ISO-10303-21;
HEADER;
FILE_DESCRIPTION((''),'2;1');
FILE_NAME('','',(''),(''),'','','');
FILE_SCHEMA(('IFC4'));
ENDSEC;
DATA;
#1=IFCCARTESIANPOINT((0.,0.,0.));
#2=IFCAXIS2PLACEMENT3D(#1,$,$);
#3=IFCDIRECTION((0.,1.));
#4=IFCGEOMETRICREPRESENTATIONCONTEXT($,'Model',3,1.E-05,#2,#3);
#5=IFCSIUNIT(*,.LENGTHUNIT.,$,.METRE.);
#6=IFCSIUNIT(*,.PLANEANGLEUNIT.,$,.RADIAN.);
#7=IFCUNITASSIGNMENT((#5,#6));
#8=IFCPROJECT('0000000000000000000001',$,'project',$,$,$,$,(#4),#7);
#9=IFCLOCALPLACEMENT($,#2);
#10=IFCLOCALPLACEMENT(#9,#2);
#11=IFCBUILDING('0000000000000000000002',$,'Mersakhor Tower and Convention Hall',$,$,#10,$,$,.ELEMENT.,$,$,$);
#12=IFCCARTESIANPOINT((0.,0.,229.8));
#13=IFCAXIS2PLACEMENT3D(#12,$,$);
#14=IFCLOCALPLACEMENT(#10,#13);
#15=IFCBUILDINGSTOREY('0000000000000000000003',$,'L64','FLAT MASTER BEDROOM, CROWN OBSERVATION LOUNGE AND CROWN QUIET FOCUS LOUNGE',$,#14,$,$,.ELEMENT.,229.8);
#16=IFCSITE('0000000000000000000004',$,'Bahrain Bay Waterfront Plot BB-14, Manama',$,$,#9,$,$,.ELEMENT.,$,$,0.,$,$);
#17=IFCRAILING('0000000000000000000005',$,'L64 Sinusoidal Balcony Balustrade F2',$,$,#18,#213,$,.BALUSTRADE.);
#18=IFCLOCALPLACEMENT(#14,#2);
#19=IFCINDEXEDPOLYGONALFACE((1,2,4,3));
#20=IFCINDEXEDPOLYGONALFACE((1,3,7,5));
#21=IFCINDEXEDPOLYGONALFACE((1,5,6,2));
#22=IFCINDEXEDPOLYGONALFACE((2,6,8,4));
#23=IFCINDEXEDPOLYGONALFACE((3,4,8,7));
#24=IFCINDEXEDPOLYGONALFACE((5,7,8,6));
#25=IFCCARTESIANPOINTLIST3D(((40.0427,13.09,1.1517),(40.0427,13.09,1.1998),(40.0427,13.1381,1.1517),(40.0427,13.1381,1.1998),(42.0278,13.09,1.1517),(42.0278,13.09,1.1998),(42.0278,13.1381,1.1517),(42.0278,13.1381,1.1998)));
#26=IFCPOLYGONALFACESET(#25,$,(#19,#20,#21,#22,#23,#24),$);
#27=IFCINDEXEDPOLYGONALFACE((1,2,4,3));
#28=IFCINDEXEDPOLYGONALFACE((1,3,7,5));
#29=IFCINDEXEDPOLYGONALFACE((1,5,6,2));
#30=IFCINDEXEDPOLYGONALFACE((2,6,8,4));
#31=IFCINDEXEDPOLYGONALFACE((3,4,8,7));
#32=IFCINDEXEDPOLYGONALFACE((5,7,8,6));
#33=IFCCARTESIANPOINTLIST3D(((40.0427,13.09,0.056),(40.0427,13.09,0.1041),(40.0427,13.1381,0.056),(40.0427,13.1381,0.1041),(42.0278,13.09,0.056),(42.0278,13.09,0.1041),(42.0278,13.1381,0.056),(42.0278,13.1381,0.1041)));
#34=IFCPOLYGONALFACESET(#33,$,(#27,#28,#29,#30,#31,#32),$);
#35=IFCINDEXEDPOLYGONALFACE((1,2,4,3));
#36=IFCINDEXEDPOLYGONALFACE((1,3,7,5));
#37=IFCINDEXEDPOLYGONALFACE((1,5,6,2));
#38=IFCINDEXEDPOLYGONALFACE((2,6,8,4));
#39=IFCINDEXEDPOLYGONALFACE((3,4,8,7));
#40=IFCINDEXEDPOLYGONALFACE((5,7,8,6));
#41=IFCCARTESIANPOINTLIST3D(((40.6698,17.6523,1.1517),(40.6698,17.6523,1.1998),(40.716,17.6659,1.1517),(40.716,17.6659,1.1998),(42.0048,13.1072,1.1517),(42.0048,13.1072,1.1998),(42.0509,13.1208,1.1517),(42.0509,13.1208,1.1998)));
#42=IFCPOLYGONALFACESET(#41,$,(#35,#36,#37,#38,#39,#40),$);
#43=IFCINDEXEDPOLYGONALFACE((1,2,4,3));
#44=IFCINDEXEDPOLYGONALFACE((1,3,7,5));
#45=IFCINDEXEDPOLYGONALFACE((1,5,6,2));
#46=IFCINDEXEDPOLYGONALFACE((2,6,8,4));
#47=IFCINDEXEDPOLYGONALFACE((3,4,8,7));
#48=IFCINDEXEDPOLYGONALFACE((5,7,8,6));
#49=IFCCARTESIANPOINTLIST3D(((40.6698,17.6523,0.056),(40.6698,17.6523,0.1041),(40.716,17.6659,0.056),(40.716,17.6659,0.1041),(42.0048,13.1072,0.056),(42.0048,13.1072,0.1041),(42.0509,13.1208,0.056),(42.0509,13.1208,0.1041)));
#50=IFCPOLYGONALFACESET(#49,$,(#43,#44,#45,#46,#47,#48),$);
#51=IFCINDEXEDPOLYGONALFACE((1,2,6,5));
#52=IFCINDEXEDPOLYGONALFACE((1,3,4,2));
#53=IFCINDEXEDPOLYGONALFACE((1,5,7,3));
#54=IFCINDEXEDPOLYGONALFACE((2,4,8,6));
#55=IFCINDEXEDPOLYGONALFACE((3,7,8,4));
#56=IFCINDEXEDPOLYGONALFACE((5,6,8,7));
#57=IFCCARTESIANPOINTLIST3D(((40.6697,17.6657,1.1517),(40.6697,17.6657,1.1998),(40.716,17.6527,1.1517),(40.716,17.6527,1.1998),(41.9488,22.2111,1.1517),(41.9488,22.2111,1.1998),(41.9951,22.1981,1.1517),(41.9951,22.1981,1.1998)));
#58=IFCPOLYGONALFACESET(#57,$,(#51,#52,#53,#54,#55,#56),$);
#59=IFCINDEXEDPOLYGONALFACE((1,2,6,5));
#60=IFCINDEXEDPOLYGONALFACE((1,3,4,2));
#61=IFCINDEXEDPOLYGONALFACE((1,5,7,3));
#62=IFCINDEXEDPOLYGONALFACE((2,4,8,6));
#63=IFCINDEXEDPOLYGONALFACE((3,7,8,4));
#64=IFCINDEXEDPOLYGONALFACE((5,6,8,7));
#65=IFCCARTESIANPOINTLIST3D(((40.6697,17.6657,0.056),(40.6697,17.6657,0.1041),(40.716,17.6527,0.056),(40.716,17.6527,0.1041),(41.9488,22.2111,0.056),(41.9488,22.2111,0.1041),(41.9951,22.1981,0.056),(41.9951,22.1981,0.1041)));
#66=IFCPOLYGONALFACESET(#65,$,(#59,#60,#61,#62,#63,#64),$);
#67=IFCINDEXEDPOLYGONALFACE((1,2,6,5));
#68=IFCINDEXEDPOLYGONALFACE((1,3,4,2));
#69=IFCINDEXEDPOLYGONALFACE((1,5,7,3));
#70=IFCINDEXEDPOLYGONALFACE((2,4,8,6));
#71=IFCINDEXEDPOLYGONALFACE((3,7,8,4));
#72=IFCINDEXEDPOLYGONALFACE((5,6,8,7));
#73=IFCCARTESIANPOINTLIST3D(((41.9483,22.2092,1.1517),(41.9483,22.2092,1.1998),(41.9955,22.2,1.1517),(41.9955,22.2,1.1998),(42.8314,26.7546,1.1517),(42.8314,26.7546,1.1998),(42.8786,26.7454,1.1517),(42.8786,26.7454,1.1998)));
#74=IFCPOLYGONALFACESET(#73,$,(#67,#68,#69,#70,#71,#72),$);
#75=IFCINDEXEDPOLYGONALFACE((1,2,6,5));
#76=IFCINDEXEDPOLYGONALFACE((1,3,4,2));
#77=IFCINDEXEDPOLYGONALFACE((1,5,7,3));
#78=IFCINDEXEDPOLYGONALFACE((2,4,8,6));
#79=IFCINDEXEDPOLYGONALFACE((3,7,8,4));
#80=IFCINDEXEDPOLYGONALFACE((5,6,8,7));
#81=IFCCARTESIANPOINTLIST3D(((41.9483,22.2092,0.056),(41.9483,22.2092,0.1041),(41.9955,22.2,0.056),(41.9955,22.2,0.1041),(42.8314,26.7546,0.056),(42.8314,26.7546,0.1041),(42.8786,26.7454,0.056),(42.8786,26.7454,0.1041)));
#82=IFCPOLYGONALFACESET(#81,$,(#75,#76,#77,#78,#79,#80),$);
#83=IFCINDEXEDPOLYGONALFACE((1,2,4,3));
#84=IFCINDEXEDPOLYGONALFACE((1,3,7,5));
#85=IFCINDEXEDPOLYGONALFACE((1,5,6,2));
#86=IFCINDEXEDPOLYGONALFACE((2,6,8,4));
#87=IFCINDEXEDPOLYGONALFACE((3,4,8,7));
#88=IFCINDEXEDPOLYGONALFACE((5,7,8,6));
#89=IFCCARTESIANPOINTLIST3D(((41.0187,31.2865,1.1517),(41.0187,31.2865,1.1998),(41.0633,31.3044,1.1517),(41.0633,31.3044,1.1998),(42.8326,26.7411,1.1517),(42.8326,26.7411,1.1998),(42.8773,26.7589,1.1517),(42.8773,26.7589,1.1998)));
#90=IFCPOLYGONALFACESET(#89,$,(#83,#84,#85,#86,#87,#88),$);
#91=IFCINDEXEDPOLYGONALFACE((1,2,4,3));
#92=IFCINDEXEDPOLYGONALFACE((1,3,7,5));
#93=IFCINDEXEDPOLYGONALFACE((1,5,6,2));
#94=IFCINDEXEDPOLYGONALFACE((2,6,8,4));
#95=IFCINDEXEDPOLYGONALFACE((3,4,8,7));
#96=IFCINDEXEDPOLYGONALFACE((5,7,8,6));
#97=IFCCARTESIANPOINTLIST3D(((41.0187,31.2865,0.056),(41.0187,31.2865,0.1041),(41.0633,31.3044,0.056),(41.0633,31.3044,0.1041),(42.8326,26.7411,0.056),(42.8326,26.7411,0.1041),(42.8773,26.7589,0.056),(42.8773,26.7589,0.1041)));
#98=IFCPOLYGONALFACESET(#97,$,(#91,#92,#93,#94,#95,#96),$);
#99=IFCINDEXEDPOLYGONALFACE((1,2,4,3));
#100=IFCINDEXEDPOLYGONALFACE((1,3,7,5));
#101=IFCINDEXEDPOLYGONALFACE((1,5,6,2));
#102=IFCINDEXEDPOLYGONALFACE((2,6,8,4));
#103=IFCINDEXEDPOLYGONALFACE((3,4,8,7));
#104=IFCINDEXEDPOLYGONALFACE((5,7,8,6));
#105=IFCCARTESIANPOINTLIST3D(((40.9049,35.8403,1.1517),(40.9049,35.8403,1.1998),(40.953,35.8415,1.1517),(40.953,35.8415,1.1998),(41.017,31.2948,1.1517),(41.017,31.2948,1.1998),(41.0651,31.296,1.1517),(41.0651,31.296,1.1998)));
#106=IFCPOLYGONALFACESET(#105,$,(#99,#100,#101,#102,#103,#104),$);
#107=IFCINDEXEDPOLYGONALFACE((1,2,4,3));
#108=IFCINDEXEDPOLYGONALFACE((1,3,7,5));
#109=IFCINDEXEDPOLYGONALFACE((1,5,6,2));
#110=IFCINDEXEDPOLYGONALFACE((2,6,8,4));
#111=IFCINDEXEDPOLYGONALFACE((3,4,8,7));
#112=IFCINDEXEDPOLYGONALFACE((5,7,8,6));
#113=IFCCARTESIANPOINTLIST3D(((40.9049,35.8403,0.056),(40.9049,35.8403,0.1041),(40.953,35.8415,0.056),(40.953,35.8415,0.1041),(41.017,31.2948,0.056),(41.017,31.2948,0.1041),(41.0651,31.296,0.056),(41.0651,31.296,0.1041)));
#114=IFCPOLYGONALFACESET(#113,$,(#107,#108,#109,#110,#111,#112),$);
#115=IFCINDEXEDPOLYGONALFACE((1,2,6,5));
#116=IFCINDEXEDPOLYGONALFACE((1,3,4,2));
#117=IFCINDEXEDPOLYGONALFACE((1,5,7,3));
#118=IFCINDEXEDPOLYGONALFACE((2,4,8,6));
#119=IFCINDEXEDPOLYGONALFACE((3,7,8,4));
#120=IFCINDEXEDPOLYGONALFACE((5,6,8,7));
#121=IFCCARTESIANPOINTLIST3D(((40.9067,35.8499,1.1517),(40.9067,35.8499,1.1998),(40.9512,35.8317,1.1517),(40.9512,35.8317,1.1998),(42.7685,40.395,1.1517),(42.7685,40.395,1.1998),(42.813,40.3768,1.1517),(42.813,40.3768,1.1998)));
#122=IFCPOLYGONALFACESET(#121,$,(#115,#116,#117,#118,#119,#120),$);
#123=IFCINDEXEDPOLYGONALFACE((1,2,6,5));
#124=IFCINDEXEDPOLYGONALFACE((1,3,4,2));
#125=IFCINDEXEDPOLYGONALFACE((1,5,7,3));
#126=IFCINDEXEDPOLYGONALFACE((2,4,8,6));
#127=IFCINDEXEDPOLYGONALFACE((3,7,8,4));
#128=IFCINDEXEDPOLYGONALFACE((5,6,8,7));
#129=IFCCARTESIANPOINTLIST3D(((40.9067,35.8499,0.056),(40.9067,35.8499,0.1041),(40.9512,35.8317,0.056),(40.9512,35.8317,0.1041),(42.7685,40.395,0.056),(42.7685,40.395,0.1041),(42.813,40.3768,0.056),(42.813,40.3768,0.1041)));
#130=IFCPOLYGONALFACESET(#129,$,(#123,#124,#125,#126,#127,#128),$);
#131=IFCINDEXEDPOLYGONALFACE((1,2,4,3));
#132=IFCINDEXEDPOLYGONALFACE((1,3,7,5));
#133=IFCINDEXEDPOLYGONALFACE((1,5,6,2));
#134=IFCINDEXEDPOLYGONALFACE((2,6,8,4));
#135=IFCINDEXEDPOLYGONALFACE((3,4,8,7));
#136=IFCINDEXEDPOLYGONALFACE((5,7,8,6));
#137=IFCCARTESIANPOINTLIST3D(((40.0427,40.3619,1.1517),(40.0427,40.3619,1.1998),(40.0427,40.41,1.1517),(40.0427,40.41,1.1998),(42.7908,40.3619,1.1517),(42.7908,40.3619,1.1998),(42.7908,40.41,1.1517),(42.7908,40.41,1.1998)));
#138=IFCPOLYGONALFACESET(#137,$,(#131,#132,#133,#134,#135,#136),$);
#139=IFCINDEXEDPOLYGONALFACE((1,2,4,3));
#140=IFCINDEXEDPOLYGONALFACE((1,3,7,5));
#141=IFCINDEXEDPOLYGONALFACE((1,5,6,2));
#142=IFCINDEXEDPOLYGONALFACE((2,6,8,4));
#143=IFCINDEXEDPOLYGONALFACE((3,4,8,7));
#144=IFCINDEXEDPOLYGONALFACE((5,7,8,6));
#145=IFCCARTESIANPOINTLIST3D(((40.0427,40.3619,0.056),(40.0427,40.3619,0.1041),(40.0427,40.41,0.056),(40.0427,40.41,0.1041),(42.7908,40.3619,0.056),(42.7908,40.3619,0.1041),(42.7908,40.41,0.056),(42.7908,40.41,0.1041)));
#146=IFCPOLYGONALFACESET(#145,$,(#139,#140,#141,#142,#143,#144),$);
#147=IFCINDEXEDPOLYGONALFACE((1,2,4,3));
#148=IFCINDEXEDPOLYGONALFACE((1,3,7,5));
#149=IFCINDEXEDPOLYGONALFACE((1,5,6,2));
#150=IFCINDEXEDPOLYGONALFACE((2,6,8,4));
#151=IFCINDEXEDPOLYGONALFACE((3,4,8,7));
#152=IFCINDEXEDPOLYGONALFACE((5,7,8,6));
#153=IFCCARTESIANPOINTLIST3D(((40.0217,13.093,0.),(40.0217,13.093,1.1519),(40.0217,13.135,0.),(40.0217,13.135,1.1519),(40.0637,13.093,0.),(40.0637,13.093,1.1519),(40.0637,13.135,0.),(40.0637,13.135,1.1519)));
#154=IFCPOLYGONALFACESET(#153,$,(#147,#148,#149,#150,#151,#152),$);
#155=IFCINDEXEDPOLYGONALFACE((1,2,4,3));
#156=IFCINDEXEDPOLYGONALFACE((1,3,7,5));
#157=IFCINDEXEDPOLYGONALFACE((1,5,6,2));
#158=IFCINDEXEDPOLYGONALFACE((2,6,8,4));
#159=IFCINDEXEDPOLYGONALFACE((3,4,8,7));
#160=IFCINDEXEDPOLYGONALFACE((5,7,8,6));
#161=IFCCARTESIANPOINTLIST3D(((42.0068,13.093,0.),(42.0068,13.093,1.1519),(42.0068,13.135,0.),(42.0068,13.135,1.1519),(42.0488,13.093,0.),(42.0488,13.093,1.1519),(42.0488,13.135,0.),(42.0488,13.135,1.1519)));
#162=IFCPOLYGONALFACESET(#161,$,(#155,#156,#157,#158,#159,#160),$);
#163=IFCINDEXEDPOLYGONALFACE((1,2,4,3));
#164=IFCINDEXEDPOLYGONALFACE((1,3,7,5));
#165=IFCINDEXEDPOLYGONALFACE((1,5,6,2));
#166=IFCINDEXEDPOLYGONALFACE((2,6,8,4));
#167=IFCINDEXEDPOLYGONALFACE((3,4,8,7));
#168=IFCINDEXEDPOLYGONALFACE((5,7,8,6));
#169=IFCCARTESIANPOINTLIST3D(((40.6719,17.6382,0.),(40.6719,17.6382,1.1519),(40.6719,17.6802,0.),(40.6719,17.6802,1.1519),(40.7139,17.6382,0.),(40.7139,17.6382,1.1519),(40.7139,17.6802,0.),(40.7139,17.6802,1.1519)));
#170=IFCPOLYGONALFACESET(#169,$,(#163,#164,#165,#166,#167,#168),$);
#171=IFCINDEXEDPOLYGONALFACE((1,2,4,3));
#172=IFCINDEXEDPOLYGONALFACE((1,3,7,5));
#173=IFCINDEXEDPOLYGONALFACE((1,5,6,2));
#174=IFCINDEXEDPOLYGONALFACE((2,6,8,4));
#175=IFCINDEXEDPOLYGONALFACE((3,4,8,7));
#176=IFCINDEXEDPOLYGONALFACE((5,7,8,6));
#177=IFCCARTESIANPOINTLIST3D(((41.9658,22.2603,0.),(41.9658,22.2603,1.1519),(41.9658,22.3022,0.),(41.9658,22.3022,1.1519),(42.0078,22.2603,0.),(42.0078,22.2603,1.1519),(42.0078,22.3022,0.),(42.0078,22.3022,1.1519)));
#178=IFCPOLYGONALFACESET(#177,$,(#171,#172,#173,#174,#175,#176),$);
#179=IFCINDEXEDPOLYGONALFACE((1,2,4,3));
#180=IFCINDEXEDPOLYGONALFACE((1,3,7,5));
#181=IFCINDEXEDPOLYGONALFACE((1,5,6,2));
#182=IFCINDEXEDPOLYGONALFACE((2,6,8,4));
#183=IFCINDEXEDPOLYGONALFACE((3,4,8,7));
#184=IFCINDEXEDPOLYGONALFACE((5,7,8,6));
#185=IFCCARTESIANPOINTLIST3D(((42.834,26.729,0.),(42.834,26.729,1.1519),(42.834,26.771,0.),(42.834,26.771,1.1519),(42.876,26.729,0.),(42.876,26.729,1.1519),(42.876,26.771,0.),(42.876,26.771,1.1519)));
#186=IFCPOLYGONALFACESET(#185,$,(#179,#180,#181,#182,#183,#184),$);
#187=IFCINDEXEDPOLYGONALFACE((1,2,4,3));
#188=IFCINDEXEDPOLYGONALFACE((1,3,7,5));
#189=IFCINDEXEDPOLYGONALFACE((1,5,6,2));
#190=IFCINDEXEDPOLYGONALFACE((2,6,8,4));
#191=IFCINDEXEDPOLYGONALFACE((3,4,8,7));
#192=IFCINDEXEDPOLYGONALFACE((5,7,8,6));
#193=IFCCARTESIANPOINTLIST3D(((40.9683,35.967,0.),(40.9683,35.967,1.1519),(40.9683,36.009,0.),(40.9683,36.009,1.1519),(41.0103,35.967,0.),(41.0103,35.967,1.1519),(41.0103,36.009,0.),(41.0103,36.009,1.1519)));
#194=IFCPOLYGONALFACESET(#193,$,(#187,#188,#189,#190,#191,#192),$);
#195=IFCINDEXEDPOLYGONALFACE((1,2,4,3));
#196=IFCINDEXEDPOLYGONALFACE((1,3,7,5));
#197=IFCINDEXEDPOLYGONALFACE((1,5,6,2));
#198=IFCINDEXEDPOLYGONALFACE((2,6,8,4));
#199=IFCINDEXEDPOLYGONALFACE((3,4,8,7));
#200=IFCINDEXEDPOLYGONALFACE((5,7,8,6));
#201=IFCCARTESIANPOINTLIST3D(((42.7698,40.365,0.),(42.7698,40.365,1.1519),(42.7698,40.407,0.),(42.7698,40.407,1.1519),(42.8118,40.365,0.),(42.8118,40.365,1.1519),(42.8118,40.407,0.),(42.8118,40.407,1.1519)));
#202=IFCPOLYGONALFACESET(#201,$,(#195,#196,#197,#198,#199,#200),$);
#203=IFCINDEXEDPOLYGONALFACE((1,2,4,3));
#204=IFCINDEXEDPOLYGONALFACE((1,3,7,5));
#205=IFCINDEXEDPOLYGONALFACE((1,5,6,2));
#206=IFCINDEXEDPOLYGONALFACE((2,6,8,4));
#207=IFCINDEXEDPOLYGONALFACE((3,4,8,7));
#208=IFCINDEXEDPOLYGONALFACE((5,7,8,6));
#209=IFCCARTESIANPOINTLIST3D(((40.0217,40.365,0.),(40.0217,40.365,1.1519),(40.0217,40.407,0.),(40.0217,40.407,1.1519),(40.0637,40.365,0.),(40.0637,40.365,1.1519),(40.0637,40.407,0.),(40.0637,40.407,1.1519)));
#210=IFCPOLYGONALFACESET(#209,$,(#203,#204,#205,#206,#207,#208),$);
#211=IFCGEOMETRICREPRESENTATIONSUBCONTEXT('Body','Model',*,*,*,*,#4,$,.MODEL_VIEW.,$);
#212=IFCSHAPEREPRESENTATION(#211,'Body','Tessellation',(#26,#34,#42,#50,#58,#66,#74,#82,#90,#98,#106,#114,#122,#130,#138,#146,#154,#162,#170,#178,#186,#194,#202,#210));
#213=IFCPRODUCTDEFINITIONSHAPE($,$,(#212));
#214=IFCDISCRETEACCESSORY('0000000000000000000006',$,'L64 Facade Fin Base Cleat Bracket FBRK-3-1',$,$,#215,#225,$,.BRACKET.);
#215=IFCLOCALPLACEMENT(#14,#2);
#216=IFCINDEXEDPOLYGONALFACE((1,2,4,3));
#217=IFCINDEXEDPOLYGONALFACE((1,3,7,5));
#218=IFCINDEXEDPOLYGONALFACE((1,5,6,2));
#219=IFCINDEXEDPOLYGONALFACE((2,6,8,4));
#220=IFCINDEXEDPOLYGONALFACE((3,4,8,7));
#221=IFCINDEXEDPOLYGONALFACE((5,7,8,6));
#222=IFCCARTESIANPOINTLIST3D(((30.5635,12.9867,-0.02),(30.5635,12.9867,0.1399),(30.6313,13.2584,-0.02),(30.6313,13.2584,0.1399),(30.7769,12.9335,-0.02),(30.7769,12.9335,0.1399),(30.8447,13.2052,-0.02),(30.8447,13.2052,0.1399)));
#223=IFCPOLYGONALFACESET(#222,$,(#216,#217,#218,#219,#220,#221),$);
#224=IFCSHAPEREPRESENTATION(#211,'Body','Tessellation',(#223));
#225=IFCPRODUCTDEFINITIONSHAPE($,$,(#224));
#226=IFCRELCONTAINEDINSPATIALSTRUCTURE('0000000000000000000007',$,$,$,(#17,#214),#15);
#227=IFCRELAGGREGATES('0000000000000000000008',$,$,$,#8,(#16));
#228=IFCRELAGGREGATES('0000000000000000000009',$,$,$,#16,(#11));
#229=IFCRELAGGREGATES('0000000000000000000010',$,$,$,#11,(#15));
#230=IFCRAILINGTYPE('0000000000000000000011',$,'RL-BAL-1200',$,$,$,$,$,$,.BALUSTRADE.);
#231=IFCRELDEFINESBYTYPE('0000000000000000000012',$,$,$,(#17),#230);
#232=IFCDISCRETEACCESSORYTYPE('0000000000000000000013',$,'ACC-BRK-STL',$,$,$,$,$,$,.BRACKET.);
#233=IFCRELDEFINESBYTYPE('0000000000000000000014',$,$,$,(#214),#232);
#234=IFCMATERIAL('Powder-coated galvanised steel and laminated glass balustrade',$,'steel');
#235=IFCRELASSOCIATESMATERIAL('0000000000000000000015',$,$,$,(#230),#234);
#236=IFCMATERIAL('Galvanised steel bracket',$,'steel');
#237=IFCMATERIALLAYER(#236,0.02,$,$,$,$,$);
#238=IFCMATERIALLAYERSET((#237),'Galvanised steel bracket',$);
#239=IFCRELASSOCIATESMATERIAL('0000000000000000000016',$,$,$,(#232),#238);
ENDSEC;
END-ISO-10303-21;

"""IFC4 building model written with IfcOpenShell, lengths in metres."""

from ifc_helpers import new_model, si_unit, direction, frame, origin, origin_2d, place, context, subcontext, project, spatial, rectangle, extrude, material, layer, layer_set, type_object, element, save


model = new_model("IFC4")

# Units and contexts
model_context = context("Model", 3, precision=1e-05, world=origin(), true_north=direction((0.0, 1.0)))
body_context = subcontext(model_context, "Body", "Model", "MODEL_VIEW")
ifc_project = project(units=[si_unit("LENGTHUNIT", "METRE"), si_unit("PLANEANGLEUNIT", "RADIAN")], contexts=[model_context])

# Site, building, storey
site_placement = place(None, origin())
site = spatial("IfcSite", under=ifc_project, at=site_placement, Name="Bahrain Bay Waterfront Plot BB-14, Manama", CompositionType="ELEMENT", RefElevation=0.0)
building_placement = place(site_placement, origin())
building = spatial("IfcBuilding", under=site, at=building_placement, Name="Mersakhor Tower and Convention Hall", CompositionType="ELEMENT")
storey_placement = place(building_placement, frame((0.0, 0.0, 229.8)))
storey = spatial("IfcBuildingStorey", under=building, at=storey_placement, Name="L64", Description="FLAT MASTER BEDROOM, CROWN OBSERVATION LOUNGE AND CROWN QUIET FOCUS LOUNGE", CompositionType="ELEMENT", Elevation=229.8)

# Railing
ifc_material_1 = material(Name="Powder-coated galvanised steel and laminated glass balustrade", Category="steel")
railing_type = type_object("IfcRailingType", Name="RL-BAL-1200", PredefinedType="BALUSTRADE", material=ifc_material_1)
railing_placement = place(storey_placement, frame((40.0427, 13.114, 0.0)))
element("IfcRailing", 1, at=railing_placement, inside=storey, type_object=railing_type, Name="L64 Sinusoidal Balcony Balustrade F2", PredefinedType="BALUSTRADE", context=body_context, shape_type="SweptSolid", body=[
    extrude(rectangle(XDim=0.0481, YDim=0.0481, at=origin_2d()), frame((0.0, 0.0, 1.1758), z_axis=(1.0, 0.0, 0.0), x_axis=(0.0, 1.0, 0.0)), (0.0, 0.0, 1.0), 1.9851),
    extrude(rectangle(XDim=0.0481, YDim=0.0481, at=origin_2d()), frame((0.0, 0.0, 0.0801), z_axis=(1.0, 0.0, 0.0), x_axis=(0.0, 1.0, 0.0)), (0.0, 0.0, 1.0), 1.9851),
    extrude(rectangle(XDim=0.0481, YDim=0.0481, at=origin_2d()), frame((1.9851, 0.0, 1.1758), z_axis=(-0.281806, 0.959471, 0.0), x_axis=(-0.959471, -0.281806, 0.0)), (0.0, 0.0, 1.0), 4.7371),
    extrude(rectangle(XDim=0.0481, YDim=0.0481, at=origin_2d()), frame((1.9851, 0.0, 0.0801), z_axis=(-0.281806, 0.959471, 0.0), x_axis=(-0.959471, -0.281806, 0.0)), (0.0, 0.0, 1.0), 4.7371),
    extrude(rectangle(XDim=0.0481, YDim=0.0481, at=origin_2d()), frame((0.6501, 4.5452, 1.1758), z_axis=(0.270874, 0.962615, 0.0), x_axis=(-0.962615, 0.270874, 0.0)), (0.0, 0.0, 1.0), 4.7219),
    extrude(rectangle(XDim=0.0481, YDim=0.0481, at=origin_2d()), frame((0.6501, 4.5452, 0.0801), z_axis=(0.270874, 0.962615, 0.0), x_axis=(-0.962615, 0.270874, 0.0)), (0.0, 0.0, 1.0), 4.7219),
    extrude(rectangle(XDim=0.0481, YDim=0.0481, at=origin_2d()), frame((1.9292, 9.0906, 1.1758), z_axis=(0.190709, 0.981647, 0.0), x_axis=(-0.981647, 0.190709, 0.0)), (0.0, 0.0, 1.0), 4.6304),
    extrude(rectangle(XDim=0.0481, YDim=0.0481, at=origin_2d()), frame((1.9292, 9.0906, 0.0801), z_axis=(0.190709, 0.981647, 0.0), x_axis=(-0.981647, 0.190709, 0.0)), (0.0, 0.0, 1.0), 4.6304),
    extrude(rectangle(XDim=0.0481, YDim=0.0481, at=origin_2d()), frame((2.8123, 13.636, 1.1758), z_axis=(-0.370651, 0.928772, 0.0), x_axis=(-0.928772, -0.370651, 0.0)), (0.0, 0.0, 1.0), 4.894),
    extrude(rectangle(XDim=0.0481, YDim=0.0481, at=origin_2d()), frame((2.8123, 13.636, 0.0801), z_axis=(-0.370651, 0.928772, 0.0), x_axis=(-0.928772, -0.370651, 0.0)), (0.0, 0.0, 1.0), 4.894),
    extrude(rectangle(XDim=0.0481, YDim=0.0481, at=origin_2d()), frame((0.9983, 18.1814, 1.1758), z_axis=(-0.024646, 0.999696, 0.0), x_axis=(-0.999696, -0.024646, 0.0)), (0.0, 0.0, 1.0), 4.5469),
    extrude(rectangle(XDim=0.0481, YDim=0.0481, at=origin_2d()), frame((0.9983, 18.1814, 0.0801), z_axis=(-0.024646, 0.999696, 0.0), x_axis=(-0.999696, -0.024646, 0.0)), (0.0, 0.0, 1.0), 4.5469),
    extrude(rectangle(XDim=0.0481, YDim=0.0481, at=origin_2d()), frame((0.8862, 22.7268, 1.1758), z_axis=(0.379057, 0.925373, 0.0), x_axis=(-0.925373, 0.379057, 0.0)), (0.0, 0.0, 1.0), 4.9116),
    extrude(rectangle(XDim=0.0481, YDim=0.0481, at=origin_2d()), frame((0.8862, 22.7268, 0.0801), z_axis=(0.379057, 0.925373, 0.0), x_axis=(-0.925373, 0.379057, 0.0)), (0.0, 0.0, 1.0), 4.9116),
    extrude(rectangle(XDim=0.0481, YDim=0.0481, at=origin_2d()), frame((2.748, 27.272, 1.1758), z_axis=(-1.0, 0.0, 0.0), x_axis=(0.0, -1.0, 0.0)), (0.0, 0.0, 1.0), 2.748),
    extrude(rectangle(XDim=0.0481, YDim=0.0481, at=origin_2d()), frame((2.748, 27.272, 0.0801), z_axis=(-1.0, 0.0, 0.0), x_axis=(0.0, -1.0, 0.0)), (0.0, 0.0, 1.0), 2.748),
    extrude(rectangle(XDim=0.042, YDim=0.042, at=origin_2d()), origin(), (0.0, 0.0, 1.0), 1.1519),
    extrude(rectangle(XDim=0.042, YDim=0.042, at=origin_2d()), frame((1.9851, 0.0, 0.0)), (0.0, 0.0, 1.0), 1.1519),
    extrude(rectangle(XDim=0.042, YDim=0.042, at=origin_2d()), frame((0.6501, 4.5452, 0.0)), (0.0, 0.0, 1.0), 1.1519),
    extrude(rectangle(XDim=0.042, YDim=0.042, at=origin_2d()), frame((1.9441, 9.1672, 0.0)), (0.0, 0.0, 1.0), 1.1519),
    extrude(rectangle(XDim=0.042, YDim=0.042, at=origin_2d()), frame((2.8123, 13.636, 0.0)), (0.0, 0.0, 1.0), 1.1519),
    extrude(rectangle(XDim=0.042, YDim=0.042, at=origin_2d()), frame((0.9465, 22.874, 0.0)), (0.0, 0.0, 1.0), 1.1519),
    extrude(rectangle(XDim=0.042, YDim=0.042, at=origin_2d()), frame((2.748, 27.272, 0.0)), (0.0, 0.0, 1.0), 1.1519),
    extrude(rectangle(XDim=0.042, YDim=0.042, at=origin_2d()), frame((0.0, 27.272, 0.0)), (0.0, 0.0, 1.0), 1.1519),
])

# Discrete accessory
ifc_material_2 = material(Name="Galvanised steel bracket", Category="steel")
ifc_layer_1 = layer(ifc_material_2, 0.02)
ifc_layer_set_1 = layer_set([ifc_layer_1], Name="Galvanised steel bracket")
discrete_accessory_type = type_object("IfcDiscreteAccessoryType", Name="ACC-BRK-STL", PredefinedType="BRACKET", material=ifc_layer_set_1)
discrete_accessory_placement = place(storey_placement, frame((30.7041, 13.0959, -0.02), z_axis=(0.0, 0.0, 1.0), x_axis=(-0.241922, -0.970296, 0.0)))
element("IfcDiscreteAccessory", 2, at=discrete_accessory_placement, inside=storey, type_object=discrete_accessory_type, Name="L64 Facade Fin Base Cleat Bracket FBRK-3-1", PredefinedType="BRACKET", context=body_context, shape_type="SweptSolid", body=[
    extrude(rectangle(XDim=0.28, YDim=0.22, at=origin_2d()), origin(), (0.0, 0.0, 1.0), 0.1599),
])

save(model, "model.ifc")
